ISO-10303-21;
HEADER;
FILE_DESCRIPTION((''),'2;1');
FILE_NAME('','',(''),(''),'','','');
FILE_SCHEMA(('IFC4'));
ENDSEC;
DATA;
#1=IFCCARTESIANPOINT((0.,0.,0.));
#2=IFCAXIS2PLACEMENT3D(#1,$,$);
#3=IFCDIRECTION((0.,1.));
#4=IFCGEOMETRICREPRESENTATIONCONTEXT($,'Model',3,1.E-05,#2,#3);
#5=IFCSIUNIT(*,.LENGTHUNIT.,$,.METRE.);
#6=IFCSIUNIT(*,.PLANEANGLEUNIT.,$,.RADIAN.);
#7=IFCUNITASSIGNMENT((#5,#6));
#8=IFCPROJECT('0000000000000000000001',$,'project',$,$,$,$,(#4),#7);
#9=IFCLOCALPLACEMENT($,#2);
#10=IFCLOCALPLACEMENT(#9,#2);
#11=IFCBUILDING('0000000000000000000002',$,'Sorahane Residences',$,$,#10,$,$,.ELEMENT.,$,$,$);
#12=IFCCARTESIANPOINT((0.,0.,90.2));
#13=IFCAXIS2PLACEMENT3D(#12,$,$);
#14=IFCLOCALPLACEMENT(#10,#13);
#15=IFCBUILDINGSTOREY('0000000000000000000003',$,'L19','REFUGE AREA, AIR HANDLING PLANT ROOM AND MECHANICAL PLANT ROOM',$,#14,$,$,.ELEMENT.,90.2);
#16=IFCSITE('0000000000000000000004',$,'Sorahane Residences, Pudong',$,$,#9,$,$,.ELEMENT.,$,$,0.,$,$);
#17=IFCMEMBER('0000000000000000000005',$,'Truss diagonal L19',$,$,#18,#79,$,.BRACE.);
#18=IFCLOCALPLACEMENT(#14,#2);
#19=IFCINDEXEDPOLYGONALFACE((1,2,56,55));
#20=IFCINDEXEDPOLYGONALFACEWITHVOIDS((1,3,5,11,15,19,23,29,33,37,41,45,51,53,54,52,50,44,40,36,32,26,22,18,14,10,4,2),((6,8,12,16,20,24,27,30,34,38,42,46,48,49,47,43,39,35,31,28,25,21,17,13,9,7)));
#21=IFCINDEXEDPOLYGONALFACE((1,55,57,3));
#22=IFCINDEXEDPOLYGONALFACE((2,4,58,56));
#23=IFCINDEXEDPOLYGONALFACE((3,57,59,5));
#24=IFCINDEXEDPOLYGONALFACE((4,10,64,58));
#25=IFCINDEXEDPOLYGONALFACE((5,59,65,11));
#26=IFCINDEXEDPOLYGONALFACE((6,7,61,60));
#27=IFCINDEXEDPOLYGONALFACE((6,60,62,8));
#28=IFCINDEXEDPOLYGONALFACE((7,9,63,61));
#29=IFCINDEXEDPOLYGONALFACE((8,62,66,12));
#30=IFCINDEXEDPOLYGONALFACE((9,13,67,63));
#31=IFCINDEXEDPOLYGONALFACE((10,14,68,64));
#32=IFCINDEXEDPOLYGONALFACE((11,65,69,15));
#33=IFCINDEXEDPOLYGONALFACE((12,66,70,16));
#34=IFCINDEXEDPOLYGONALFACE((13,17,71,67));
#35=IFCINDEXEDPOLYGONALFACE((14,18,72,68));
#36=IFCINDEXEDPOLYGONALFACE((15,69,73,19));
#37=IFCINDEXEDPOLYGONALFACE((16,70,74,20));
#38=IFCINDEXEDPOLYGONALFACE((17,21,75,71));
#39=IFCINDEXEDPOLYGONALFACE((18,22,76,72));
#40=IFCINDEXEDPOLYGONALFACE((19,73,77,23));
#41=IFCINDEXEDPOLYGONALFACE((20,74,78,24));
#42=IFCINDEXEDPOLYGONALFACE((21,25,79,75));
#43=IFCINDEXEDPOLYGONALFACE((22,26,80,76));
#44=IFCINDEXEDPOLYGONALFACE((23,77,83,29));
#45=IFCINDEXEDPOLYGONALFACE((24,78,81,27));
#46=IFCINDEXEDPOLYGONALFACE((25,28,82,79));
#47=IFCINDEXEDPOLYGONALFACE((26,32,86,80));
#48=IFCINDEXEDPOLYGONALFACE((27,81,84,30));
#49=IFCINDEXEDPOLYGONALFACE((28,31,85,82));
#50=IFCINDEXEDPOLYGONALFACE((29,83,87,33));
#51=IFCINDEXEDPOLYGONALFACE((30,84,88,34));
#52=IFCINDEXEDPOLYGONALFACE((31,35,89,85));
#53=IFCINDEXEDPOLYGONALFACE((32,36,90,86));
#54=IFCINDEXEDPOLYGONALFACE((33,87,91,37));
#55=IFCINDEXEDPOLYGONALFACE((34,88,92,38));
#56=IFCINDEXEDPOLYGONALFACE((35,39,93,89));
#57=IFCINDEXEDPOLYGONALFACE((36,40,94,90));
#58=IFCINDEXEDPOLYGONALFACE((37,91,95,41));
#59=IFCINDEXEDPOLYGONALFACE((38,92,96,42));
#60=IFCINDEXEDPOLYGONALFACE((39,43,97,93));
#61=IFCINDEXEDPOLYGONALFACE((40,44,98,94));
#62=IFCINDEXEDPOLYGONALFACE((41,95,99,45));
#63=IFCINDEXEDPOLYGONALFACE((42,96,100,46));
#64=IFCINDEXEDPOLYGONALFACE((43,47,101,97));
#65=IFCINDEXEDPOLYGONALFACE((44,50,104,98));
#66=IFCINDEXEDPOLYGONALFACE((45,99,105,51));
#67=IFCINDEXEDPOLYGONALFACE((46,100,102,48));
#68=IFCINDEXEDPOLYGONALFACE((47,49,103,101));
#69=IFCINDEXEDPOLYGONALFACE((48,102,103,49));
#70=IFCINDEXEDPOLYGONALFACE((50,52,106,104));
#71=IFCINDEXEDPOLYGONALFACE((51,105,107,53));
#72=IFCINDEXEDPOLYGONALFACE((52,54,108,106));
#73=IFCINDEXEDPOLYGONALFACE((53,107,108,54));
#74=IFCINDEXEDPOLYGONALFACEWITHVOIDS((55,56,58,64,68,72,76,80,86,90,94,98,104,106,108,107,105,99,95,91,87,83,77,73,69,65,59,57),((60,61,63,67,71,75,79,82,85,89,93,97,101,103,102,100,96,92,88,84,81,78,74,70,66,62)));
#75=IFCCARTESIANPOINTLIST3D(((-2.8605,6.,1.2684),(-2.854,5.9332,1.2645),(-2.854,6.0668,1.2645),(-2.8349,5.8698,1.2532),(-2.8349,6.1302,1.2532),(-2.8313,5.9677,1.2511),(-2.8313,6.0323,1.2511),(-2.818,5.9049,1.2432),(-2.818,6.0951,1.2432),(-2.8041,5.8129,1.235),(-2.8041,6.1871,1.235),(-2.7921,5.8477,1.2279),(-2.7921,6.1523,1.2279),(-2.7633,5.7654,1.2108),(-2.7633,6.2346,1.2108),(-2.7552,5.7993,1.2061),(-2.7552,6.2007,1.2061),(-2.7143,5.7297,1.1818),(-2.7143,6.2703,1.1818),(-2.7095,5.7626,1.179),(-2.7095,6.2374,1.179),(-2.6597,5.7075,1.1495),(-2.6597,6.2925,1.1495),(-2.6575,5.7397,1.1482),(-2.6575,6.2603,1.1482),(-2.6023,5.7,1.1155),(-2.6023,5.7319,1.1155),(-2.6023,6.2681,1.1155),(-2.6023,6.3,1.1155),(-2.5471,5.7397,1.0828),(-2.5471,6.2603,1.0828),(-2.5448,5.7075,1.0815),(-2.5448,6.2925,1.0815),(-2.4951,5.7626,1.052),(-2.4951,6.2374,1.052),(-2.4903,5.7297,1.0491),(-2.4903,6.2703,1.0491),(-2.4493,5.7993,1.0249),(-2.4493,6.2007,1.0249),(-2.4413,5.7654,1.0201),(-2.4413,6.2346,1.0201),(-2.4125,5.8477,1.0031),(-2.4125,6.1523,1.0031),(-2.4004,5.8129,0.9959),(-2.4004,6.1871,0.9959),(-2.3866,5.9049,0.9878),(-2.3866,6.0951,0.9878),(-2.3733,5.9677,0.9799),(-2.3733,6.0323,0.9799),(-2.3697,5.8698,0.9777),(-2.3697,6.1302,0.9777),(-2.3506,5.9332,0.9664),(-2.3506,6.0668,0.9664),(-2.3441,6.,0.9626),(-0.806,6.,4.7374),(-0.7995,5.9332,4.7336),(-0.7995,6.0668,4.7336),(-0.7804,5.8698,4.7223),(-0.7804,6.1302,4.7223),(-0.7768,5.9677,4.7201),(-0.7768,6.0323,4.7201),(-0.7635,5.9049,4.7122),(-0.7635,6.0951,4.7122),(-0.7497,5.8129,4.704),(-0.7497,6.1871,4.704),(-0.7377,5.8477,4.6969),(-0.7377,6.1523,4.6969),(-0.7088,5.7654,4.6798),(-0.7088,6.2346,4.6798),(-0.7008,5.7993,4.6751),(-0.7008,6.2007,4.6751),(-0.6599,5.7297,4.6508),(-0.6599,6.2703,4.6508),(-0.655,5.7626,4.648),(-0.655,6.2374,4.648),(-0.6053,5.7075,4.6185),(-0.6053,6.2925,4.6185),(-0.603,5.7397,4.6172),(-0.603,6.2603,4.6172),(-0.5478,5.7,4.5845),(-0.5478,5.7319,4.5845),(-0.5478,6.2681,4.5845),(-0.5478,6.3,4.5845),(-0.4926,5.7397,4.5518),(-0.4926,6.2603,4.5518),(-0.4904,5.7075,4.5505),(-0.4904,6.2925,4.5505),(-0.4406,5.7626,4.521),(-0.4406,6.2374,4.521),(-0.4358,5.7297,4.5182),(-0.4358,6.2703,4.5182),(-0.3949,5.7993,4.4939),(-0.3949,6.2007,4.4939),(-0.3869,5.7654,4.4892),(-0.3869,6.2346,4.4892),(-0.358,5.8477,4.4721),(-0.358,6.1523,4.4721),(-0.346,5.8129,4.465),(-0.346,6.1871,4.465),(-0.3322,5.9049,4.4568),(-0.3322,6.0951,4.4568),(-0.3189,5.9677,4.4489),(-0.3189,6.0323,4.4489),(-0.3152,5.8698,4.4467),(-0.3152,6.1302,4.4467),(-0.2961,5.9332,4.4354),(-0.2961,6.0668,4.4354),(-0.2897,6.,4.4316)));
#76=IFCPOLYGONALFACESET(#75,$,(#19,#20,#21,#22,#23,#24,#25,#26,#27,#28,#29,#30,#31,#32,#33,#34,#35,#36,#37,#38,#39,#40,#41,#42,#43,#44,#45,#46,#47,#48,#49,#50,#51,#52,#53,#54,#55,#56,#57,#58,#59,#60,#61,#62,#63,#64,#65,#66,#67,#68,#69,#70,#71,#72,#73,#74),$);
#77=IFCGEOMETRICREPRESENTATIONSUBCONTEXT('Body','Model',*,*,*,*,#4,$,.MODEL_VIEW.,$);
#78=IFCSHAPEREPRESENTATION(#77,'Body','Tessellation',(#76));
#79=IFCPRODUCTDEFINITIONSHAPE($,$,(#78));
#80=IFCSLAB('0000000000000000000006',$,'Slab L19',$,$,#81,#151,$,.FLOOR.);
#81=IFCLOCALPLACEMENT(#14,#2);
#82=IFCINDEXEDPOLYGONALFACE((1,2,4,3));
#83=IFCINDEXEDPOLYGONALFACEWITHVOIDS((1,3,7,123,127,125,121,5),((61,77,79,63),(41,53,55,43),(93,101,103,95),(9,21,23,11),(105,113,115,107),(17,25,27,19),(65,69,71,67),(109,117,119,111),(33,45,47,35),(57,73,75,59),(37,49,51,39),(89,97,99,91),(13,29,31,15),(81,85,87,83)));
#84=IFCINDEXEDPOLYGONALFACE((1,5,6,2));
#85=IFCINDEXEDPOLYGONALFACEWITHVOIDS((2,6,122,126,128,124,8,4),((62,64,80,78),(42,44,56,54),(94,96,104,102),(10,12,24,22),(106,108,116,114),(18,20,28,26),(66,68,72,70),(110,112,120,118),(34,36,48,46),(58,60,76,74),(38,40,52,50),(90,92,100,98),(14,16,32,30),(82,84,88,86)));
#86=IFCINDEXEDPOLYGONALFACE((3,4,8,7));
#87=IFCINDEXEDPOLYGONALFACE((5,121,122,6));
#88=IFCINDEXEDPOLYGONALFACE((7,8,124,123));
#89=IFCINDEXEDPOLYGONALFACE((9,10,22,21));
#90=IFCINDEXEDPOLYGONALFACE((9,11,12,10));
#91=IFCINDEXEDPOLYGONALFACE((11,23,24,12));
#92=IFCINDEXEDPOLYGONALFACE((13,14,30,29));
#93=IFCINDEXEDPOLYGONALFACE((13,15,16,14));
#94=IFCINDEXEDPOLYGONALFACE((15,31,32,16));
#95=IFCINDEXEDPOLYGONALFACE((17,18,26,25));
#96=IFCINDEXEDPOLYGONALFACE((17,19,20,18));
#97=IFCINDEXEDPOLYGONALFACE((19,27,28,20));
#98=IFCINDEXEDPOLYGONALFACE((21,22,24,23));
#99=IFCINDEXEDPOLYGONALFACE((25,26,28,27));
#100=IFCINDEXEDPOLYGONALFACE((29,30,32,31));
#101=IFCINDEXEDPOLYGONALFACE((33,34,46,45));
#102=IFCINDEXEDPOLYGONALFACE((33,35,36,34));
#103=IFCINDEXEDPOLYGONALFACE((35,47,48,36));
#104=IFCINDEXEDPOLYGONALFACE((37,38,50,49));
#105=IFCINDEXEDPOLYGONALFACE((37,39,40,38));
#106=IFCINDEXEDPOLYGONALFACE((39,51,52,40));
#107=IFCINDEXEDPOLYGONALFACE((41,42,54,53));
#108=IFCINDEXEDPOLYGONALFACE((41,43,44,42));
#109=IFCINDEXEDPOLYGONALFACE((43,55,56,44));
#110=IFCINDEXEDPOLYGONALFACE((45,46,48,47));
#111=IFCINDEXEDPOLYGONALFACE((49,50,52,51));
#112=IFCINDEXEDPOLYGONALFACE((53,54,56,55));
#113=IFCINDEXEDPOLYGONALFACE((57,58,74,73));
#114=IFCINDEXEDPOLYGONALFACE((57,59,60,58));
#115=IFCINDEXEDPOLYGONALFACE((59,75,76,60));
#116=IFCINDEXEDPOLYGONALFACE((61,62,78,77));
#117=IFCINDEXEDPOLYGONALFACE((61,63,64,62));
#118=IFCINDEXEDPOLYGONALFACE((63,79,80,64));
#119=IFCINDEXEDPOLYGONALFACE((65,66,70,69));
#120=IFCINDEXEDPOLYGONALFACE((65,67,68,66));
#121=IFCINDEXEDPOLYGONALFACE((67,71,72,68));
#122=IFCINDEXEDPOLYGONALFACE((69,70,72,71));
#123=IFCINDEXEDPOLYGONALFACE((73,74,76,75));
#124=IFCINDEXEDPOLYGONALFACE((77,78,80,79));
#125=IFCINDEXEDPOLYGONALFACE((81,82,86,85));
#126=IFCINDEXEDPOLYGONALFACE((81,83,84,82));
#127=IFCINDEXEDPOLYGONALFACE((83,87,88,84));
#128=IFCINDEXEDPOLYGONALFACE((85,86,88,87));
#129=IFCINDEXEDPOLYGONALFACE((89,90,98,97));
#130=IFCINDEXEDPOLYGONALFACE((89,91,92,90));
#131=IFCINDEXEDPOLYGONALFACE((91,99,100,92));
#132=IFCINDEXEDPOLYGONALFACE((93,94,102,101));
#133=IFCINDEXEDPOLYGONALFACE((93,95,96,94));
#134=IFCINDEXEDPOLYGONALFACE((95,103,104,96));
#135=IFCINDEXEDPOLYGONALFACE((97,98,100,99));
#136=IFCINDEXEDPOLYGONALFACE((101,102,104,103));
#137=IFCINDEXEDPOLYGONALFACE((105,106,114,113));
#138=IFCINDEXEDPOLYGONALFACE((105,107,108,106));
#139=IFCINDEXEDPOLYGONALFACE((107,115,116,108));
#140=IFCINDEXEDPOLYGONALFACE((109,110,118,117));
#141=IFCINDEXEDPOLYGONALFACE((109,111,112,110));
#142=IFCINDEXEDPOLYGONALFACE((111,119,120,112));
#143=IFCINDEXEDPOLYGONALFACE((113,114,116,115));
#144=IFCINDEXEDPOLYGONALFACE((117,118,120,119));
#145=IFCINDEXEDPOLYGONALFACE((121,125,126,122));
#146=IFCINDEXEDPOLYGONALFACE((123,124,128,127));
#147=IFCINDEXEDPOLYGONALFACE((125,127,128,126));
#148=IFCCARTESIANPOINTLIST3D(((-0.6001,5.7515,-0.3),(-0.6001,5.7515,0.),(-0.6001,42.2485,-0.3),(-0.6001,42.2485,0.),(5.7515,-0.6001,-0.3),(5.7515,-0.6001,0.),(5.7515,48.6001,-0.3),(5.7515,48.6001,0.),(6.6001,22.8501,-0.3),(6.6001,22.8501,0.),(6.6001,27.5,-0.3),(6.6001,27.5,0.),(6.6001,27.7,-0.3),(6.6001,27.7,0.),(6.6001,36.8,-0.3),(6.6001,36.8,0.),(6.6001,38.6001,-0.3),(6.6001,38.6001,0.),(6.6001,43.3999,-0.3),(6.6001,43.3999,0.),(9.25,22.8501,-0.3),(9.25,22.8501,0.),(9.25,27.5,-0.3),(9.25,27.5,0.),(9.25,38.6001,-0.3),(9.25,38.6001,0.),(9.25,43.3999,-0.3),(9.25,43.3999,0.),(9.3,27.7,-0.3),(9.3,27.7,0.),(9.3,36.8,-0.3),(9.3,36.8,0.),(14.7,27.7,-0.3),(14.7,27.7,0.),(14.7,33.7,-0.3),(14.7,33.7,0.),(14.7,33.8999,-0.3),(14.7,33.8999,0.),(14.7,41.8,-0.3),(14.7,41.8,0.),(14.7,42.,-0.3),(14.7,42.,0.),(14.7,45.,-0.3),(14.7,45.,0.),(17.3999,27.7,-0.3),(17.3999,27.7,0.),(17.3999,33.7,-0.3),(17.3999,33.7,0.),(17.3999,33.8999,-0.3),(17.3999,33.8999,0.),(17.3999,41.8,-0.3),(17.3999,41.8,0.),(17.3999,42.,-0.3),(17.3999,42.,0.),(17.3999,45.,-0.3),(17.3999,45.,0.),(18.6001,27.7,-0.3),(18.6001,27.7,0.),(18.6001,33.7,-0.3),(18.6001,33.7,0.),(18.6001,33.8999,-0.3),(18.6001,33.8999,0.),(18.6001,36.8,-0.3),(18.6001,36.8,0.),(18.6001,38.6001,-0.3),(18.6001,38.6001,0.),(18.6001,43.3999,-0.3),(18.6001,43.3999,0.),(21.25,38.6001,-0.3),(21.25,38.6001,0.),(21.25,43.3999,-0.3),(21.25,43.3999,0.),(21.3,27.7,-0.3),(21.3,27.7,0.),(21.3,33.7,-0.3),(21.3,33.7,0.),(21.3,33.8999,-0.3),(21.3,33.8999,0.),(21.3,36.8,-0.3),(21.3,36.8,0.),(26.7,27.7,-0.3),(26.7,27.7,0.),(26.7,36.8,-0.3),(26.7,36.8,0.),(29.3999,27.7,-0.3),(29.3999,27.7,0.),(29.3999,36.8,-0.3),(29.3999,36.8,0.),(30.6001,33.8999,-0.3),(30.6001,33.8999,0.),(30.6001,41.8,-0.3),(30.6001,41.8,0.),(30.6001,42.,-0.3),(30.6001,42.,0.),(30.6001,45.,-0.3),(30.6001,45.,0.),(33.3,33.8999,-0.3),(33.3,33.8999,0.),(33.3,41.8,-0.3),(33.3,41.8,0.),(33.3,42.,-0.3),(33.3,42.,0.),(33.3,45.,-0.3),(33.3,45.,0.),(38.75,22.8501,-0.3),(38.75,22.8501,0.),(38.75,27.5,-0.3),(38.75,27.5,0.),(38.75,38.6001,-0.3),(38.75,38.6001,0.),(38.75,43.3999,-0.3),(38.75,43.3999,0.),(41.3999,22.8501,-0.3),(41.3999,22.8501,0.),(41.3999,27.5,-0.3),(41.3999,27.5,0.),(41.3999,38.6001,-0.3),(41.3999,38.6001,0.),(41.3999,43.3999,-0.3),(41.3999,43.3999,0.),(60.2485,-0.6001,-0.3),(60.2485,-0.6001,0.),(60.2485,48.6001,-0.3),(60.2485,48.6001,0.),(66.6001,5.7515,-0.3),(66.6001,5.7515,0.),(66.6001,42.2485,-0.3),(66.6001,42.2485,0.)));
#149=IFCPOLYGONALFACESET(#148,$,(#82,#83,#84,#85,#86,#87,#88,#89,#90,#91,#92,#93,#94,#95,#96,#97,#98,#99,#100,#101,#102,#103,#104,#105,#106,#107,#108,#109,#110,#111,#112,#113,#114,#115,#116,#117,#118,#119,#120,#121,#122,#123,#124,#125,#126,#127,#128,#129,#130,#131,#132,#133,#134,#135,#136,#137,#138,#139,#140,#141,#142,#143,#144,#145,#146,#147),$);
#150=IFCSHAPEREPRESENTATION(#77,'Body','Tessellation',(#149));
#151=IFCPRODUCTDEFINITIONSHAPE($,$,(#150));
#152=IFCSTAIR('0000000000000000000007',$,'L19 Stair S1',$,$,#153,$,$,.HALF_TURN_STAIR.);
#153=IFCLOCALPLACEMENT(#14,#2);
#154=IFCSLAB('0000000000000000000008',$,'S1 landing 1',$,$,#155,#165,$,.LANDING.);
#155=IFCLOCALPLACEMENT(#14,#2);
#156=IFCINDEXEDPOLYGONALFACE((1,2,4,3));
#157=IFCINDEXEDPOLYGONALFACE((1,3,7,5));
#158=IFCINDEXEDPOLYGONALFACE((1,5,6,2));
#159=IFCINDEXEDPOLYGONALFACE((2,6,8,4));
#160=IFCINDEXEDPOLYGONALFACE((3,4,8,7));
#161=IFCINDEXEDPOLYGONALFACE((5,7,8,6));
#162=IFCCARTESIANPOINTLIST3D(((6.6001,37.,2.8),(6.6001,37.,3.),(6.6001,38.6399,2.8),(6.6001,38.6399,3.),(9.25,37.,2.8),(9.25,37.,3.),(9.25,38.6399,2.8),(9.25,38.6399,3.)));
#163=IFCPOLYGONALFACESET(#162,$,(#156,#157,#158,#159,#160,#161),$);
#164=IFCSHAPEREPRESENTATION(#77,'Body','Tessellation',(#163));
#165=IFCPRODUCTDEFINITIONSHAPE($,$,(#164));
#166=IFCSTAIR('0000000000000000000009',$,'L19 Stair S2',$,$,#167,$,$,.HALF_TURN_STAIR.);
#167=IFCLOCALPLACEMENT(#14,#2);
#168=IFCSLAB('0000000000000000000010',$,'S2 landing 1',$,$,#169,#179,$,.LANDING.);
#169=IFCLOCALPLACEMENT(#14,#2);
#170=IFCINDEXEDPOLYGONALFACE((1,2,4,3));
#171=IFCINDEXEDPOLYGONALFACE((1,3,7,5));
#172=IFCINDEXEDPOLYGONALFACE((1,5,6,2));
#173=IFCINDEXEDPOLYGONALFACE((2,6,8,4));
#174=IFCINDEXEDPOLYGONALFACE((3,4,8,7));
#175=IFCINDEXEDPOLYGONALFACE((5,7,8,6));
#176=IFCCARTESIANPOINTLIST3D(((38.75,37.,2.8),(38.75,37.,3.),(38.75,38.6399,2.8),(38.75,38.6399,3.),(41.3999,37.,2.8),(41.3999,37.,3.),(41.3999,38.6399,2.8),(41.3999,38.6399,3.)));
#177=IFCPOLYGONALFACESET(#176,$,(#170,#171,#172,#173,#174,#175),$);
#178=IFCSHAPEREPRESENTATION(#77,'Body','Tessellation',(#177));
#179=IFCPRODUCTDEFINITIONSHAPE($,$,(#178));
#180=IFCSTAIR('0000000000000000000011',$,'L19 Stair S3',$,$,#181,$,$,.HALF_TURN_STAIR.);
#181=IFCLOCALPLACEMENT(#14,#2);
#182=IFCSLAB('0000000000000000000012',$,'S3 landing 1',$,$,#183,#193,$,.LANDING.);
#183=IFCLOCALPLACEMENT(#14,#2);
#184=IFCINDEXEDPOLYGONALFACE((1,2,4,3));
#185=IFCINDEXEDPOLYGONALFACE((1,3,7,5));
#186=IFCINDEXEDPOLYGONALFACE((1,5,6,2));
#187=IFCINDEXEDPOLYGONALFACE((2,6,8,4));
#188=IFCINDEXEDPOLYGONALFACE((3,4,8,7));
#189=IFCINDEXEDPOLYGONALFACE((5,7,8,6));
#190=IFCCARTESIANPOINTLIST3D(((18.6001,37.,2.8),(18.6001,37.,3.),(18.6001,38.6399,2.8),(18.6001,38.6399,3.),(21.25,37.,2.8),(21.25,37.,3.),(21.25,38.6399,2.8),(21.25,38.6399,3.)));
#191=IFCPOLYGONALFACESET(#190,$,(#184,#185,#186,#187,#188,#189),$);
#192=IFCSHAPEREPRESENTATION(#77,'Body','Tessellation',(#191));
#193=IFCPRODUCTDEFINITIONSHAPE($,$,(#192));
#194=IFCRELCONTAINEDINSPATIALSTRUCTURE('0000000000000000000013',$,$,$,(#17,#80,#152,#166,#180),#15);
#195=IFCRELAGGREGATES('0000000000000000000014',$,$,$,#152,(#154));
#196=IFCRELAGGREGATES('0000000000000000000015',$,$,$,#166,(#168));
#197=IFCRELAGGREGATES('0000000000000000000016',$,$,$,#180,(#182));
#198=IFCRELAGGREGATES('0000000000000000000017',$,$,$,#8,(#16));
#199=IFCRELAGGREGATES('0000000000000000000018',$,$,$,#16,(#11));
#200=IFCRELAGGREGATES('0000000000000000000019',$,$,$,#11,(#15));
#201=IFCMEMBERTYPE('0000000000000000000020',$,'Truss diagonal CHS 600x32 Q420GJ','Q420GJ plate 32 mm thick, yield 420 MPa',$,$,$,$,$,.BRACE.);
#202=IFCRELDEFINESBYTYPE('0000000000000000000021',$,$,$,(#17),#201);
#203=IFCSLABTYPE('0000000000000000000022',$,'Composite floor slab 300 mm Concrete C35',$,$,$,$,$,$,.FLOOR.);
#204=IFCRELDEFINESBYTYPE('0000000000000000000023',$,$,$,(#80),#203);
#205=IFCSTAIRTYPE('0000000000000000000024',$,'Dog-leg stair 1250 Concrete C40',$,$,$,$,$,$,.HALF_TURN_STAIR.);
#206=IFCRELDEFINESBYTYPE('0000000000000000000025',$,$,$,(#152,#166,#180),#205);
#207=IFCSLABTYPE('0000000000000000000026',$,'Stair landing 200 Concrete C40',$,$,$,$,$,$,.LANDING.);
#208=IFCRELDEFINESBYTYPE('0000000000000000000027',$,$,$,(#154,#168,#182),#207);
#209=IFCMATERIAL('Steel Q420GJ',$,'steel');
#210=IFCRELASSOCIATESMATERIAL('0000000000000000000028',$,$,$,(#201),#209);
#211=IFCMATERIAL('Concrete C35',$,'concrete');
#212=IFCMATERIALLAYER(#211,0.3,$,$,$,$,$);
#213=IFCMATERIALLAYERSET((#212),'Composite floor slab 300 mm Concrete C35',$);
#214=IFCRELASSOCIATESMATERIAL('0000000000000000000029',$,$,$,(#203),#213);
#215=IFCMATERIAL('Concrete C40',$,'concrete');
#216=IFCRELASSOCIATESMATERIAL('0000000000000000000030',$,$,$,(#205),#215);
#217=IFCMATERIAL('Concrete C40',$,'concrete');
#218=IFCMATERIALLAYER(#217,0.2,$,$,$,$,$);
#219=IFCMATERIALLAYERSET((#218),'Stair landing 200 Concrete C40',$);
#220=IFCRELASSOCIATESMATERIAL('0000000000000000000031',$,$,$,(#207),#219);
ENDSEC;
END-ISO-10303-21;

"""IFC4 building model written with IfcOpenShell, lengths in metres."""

from ifc_helpers import new_model, si_unit, direction, frame, origin, origin_2d, place, context, subcontext, project, spatial, polyline, hollow_circle, outline, extrude, material, layer, layer_set, material_profile, profile_set, type_object, element, aggregate, save


model = new_model("IFC4")

# Units and contexts
model_context = context("Model", 3, precision=1e-05, world=origin(), true_north=direction((0.0, 1.0)))
body_context = subcontext(model_context, "Body", "Model", "MODEL_VIEW")
ifc_project = project(units=[si_unit("LENGTHUNIT", "METRE"), si_unit("PLANEANGLEUNIT", "RADIAN")], contexts=[model_context])

# Site, building, storey
site_placement = place(None, origin())
site = spatial("IfcSite", under=ifc_project, at=site_placement, Name="Sorahane Residences, Pudong", CompositionType="ELEMENT", RefElevation=0.0)
building_placement = place(site_placement, origin())
building = spatial("IfcBuilding", under=site, at=building_placement, Name="Sorahane Residences", CompositionType="ELEMENT")
storey_placement = place(building_placement, frame((0.0, 0.0, 90.2)))
storey = spatial("IfcBuildingStorey", under=building, at=storey_placement, Name="L19", Description="REFUGE AREA, AIR HANDLING PLANT ROOM AND MECHANICAL PLANT ROOM", CompositionType="ELEMENT", Elevation=90.2)

# Member
ifc_material_1 = material(Name="Steel Q420GJ", Category="steel")
ifc_material_profile_1 = material_profile(ifc_material_1, hollow_circle(Radius=0.3, WallThickness=0.032, at=origin_2d()), Name="CHS 600x32")
ifc_profile_set_1 = profile_set([ifc_material_profile_1], Name="Steel Q420GJ")
member_type = type_object("IfcMemberType", Name="Truss diagonal CHS 600x32 Q420GJ", Description="Q420GJ plate 32 mm thick, yield 420 MPa", PredefinedType="BRACE", material=ifc_profile_set_1)
member_1_placement = place(storey_placement, frame((-2.6023, 6.0, 1.1155), z_axis=(0.509572, 0.0, 0.860428), x_axis=(0.0, 1.0, 0.0)))
element("IfcMember", 1, at=member_1_placement, inside=storey, type_object=member_type, Name="Truss diagonal L19", PredefinedType="BRACE", context=body_context, shape_type="SweptSolid", body=[
    extrude(hollow_circle(Radius=0.3, WallThickness=0.032, at=origin_2d()), origin(), (0.0, 0.0, 1.0), 4.0317),
])

# Slab
ifc_material_2 = material(Name="Concrete C35", Category="concrete")
ifc_layer_1 = layer(ifc_material_2, 0.3)
ifc_layer_set_1 = layer_set([ifc_layer_1], Name="Composite floor slab 300 mm Concrete C35")
slab_type_1 = type_object("IfcSlabType", Name="Composite floor slab 300 mm Concrete C35", PredefinedType="FLOOR", material=ifc_layer_set_1)
slab_1_placement = place(storey_placement, frame((0.0, 0.0, -0.3)))
element("IfcSlab", 2, at=slab_1_placement, inside=storey, type_object=slab_type_1, Name="Slab L19", PredefinedType="FLOOR", context=body_context, shape_type="SweptSolid", body=[
    extrude(outline(polyline([(5.7515, -0.6001), (-0.6001, 5.7515), (-0.6001, 42.2485), (5.7515, 48.6001), (60.2485, 48.6001), (66.6001, 42.2485), (66.6001, 5.7515), (60.2485, -0.6001), (5.7515, -0.6001)]), holes=[polyline([(18.6001, 27.7), (21.3, 27.7), (21.3, 33.7), (18.6001, 33.7), (18.6001, 27.7)]), polyline([(30.6001, 42.0), (33.3, 42.0), (33.3, 45.0), (30.6001, 45.0), (30.6001, 42.0)]), polyline([(14.7, 27.7), (17.3999, 27.7), (17.3999, 33.7), (14.7, 33.7), (14.7, 27.7)]), polyline([(14.7, 42.0), (17.3999, 42.0), (17.3999, 45.0), (14.7, 45.0), (14.7, 42.0)]), polyline([(6.6001, 27.7), (9.3, 27.7), (9.3, 36.8), (6.6001, 36.8), (6.6001, 27.7)]), polyline([(9.25, 38.6001), (6.6001, 38.6001), (6.6001, 43.3999), (9.25, 43.3999), (9.25, 38.6001)]), polyline([(41.3999, 38.6001), (38.75, 38.6001), (38.75, 43.3999), (41.3999, 43.3999), (41.3999, 38.6001)]), polyline([(21.25, 38.6001), (18.6001, 38.6001), (18.6001, 43.3999), (21.25, 43.3999), (21.25, 38.6001)]), polyline([(6.6001, 27.5), (9.25, 27.5), (9.25, 22.8501), (6.6001, 22.8501), (6.6001, 27.5)]), polyline([(38.75, 27.5), (41.3999, 27.5), (41.3999, 22.8501), (38.75, 22.8501), (38.75, 27.5)]), polyline([(14.7, 33.8999), (17.3999, 33.8999), (17.3999, 41.8), (14.7, 41.8), (14.7, 33.8999)]), polyline([(30.6001, 33.8999), (33.3, 33.8999), (33.3, 41.8), (30.6001, 41.8), (30.6001, 33.8999)]), polyline([(18.6001, 33.8999), (21.3, 33.8999), (21.3, 36.8), (18.6001, 36.8), (18.6001, 33.8999)]), polyline([(26.7, 27.7), (29.3999, 27.7), (29.3999, 36.8), (26.7, 36.8), (26.7, 27.7)])]), origin(), (0.0, 0.0, 1.0), 0.3),
])

# Stairs, slabs
ifc_material_3 = material(Name="Concrete C40", Category="concrete")
stair_type = type_object("IfcStairType", Name="Dog-leg stair 1250 Concrete C40", PredefinedType="HALF_TURN_STAIR", material=ifc_material_3)
stair_1_placement = place(storey_placement, origin())
stair_1 = element("IfcStair", 3, at=stair_1_placement, inside=storey, type_object=stair_type, Name="L19 Stair S1", PredefinedType="HALF_TURN_STAIR")
ifc_material_4 = material(Name="Concrete C40", Category="concrete")
ifc_layer_2 = layer(ifc_material_4, 0.2)
ifc_layer_set_2 = layer_set([ifc_layer_2], Name="Stair landing 200 Concrete C40")
slab_type_2 = type_object("IfcSlabType", Name="Stair landing 200 Concrete C40", PredefinedType="LANDING", material=ifc_layer_set_2)
slab_2_placement = place(storey_placement, frame((0.0, 0.0, 2.8)))
slab_2 = element("IfcSlab", 4, at=slab_2_placement, type_object=slab_type_2, Name="S1 landing 1", PredefinedType="LANDING", context=body_context, shape_type="SweptSolid", body=[
    extrude(outline(polyline([(6.6001, 38.6399), (6.6001, 37.0), (9.25, 37.0), (9.25, 38.6399), (6.6001, 38.6399)])), origin(), (0.0, 0.0, 1.0), 0.2),
])
aggregate(stair_1, [slab_2])
stair_2_placement = place(storey_placement, origin())
stair_2 = element("IfcStair", 5, at=stair_2_placement, inside=storey, type_object=stair_type, Name="L19 Stair S2", PredefinedType="HALF_TURN_STAIR")
slab_3_placement = place(storey_placement, frame((0.0, 0.0, 2.8)))
slab_3 = element("IfcSlab", 6, at=slab_3_placement, type_object=slab_type_2, Name="S2 landing 1", PredefinedType="LANDING", context=body_context, shape_type="SweptSolid", body=[
    extrude(outline(polyline([(38.75, 38.6399), (38.75, 37.0), (41.3999, 37.0), (41.3999, 38.6399), (38.75, 38.6399)])), origin(), (0.0, 0.0, 1.0), 0.2),
])
aggregate(stair_2, [slab_3])
stair_3_placement = place(storey_placement, origin())
stair_3 = element("IfcStair", 7, at=stair_3_placement, inside=storey, type_object=stair_type, Name="L19 Stair S3", PredefinedType="HALF_TURN_STAIR")
slab_4_placement = place(storey_placement, frame((0.0, 0.0, 2.8)))
slab_4 = element("IfcSlab", 8, at=slab_4_placement, type_object=slab_type_2, Name="S3 landing 1", PredefinedType="LANDING", context=body_context, shape_type="SweptSolid", body=[
    extrude(outline(polyline([(18.6001, 38.6399), (18.6001, 37.0), (21.25, 37.0), (21.25, 38.6399), (18.6001, 38.6399)])), origin(), (0.0, 0.0, 1.0), 0.2),
])
aggregate(stair_3, [slab_4])

save(model, "model.ifc")
